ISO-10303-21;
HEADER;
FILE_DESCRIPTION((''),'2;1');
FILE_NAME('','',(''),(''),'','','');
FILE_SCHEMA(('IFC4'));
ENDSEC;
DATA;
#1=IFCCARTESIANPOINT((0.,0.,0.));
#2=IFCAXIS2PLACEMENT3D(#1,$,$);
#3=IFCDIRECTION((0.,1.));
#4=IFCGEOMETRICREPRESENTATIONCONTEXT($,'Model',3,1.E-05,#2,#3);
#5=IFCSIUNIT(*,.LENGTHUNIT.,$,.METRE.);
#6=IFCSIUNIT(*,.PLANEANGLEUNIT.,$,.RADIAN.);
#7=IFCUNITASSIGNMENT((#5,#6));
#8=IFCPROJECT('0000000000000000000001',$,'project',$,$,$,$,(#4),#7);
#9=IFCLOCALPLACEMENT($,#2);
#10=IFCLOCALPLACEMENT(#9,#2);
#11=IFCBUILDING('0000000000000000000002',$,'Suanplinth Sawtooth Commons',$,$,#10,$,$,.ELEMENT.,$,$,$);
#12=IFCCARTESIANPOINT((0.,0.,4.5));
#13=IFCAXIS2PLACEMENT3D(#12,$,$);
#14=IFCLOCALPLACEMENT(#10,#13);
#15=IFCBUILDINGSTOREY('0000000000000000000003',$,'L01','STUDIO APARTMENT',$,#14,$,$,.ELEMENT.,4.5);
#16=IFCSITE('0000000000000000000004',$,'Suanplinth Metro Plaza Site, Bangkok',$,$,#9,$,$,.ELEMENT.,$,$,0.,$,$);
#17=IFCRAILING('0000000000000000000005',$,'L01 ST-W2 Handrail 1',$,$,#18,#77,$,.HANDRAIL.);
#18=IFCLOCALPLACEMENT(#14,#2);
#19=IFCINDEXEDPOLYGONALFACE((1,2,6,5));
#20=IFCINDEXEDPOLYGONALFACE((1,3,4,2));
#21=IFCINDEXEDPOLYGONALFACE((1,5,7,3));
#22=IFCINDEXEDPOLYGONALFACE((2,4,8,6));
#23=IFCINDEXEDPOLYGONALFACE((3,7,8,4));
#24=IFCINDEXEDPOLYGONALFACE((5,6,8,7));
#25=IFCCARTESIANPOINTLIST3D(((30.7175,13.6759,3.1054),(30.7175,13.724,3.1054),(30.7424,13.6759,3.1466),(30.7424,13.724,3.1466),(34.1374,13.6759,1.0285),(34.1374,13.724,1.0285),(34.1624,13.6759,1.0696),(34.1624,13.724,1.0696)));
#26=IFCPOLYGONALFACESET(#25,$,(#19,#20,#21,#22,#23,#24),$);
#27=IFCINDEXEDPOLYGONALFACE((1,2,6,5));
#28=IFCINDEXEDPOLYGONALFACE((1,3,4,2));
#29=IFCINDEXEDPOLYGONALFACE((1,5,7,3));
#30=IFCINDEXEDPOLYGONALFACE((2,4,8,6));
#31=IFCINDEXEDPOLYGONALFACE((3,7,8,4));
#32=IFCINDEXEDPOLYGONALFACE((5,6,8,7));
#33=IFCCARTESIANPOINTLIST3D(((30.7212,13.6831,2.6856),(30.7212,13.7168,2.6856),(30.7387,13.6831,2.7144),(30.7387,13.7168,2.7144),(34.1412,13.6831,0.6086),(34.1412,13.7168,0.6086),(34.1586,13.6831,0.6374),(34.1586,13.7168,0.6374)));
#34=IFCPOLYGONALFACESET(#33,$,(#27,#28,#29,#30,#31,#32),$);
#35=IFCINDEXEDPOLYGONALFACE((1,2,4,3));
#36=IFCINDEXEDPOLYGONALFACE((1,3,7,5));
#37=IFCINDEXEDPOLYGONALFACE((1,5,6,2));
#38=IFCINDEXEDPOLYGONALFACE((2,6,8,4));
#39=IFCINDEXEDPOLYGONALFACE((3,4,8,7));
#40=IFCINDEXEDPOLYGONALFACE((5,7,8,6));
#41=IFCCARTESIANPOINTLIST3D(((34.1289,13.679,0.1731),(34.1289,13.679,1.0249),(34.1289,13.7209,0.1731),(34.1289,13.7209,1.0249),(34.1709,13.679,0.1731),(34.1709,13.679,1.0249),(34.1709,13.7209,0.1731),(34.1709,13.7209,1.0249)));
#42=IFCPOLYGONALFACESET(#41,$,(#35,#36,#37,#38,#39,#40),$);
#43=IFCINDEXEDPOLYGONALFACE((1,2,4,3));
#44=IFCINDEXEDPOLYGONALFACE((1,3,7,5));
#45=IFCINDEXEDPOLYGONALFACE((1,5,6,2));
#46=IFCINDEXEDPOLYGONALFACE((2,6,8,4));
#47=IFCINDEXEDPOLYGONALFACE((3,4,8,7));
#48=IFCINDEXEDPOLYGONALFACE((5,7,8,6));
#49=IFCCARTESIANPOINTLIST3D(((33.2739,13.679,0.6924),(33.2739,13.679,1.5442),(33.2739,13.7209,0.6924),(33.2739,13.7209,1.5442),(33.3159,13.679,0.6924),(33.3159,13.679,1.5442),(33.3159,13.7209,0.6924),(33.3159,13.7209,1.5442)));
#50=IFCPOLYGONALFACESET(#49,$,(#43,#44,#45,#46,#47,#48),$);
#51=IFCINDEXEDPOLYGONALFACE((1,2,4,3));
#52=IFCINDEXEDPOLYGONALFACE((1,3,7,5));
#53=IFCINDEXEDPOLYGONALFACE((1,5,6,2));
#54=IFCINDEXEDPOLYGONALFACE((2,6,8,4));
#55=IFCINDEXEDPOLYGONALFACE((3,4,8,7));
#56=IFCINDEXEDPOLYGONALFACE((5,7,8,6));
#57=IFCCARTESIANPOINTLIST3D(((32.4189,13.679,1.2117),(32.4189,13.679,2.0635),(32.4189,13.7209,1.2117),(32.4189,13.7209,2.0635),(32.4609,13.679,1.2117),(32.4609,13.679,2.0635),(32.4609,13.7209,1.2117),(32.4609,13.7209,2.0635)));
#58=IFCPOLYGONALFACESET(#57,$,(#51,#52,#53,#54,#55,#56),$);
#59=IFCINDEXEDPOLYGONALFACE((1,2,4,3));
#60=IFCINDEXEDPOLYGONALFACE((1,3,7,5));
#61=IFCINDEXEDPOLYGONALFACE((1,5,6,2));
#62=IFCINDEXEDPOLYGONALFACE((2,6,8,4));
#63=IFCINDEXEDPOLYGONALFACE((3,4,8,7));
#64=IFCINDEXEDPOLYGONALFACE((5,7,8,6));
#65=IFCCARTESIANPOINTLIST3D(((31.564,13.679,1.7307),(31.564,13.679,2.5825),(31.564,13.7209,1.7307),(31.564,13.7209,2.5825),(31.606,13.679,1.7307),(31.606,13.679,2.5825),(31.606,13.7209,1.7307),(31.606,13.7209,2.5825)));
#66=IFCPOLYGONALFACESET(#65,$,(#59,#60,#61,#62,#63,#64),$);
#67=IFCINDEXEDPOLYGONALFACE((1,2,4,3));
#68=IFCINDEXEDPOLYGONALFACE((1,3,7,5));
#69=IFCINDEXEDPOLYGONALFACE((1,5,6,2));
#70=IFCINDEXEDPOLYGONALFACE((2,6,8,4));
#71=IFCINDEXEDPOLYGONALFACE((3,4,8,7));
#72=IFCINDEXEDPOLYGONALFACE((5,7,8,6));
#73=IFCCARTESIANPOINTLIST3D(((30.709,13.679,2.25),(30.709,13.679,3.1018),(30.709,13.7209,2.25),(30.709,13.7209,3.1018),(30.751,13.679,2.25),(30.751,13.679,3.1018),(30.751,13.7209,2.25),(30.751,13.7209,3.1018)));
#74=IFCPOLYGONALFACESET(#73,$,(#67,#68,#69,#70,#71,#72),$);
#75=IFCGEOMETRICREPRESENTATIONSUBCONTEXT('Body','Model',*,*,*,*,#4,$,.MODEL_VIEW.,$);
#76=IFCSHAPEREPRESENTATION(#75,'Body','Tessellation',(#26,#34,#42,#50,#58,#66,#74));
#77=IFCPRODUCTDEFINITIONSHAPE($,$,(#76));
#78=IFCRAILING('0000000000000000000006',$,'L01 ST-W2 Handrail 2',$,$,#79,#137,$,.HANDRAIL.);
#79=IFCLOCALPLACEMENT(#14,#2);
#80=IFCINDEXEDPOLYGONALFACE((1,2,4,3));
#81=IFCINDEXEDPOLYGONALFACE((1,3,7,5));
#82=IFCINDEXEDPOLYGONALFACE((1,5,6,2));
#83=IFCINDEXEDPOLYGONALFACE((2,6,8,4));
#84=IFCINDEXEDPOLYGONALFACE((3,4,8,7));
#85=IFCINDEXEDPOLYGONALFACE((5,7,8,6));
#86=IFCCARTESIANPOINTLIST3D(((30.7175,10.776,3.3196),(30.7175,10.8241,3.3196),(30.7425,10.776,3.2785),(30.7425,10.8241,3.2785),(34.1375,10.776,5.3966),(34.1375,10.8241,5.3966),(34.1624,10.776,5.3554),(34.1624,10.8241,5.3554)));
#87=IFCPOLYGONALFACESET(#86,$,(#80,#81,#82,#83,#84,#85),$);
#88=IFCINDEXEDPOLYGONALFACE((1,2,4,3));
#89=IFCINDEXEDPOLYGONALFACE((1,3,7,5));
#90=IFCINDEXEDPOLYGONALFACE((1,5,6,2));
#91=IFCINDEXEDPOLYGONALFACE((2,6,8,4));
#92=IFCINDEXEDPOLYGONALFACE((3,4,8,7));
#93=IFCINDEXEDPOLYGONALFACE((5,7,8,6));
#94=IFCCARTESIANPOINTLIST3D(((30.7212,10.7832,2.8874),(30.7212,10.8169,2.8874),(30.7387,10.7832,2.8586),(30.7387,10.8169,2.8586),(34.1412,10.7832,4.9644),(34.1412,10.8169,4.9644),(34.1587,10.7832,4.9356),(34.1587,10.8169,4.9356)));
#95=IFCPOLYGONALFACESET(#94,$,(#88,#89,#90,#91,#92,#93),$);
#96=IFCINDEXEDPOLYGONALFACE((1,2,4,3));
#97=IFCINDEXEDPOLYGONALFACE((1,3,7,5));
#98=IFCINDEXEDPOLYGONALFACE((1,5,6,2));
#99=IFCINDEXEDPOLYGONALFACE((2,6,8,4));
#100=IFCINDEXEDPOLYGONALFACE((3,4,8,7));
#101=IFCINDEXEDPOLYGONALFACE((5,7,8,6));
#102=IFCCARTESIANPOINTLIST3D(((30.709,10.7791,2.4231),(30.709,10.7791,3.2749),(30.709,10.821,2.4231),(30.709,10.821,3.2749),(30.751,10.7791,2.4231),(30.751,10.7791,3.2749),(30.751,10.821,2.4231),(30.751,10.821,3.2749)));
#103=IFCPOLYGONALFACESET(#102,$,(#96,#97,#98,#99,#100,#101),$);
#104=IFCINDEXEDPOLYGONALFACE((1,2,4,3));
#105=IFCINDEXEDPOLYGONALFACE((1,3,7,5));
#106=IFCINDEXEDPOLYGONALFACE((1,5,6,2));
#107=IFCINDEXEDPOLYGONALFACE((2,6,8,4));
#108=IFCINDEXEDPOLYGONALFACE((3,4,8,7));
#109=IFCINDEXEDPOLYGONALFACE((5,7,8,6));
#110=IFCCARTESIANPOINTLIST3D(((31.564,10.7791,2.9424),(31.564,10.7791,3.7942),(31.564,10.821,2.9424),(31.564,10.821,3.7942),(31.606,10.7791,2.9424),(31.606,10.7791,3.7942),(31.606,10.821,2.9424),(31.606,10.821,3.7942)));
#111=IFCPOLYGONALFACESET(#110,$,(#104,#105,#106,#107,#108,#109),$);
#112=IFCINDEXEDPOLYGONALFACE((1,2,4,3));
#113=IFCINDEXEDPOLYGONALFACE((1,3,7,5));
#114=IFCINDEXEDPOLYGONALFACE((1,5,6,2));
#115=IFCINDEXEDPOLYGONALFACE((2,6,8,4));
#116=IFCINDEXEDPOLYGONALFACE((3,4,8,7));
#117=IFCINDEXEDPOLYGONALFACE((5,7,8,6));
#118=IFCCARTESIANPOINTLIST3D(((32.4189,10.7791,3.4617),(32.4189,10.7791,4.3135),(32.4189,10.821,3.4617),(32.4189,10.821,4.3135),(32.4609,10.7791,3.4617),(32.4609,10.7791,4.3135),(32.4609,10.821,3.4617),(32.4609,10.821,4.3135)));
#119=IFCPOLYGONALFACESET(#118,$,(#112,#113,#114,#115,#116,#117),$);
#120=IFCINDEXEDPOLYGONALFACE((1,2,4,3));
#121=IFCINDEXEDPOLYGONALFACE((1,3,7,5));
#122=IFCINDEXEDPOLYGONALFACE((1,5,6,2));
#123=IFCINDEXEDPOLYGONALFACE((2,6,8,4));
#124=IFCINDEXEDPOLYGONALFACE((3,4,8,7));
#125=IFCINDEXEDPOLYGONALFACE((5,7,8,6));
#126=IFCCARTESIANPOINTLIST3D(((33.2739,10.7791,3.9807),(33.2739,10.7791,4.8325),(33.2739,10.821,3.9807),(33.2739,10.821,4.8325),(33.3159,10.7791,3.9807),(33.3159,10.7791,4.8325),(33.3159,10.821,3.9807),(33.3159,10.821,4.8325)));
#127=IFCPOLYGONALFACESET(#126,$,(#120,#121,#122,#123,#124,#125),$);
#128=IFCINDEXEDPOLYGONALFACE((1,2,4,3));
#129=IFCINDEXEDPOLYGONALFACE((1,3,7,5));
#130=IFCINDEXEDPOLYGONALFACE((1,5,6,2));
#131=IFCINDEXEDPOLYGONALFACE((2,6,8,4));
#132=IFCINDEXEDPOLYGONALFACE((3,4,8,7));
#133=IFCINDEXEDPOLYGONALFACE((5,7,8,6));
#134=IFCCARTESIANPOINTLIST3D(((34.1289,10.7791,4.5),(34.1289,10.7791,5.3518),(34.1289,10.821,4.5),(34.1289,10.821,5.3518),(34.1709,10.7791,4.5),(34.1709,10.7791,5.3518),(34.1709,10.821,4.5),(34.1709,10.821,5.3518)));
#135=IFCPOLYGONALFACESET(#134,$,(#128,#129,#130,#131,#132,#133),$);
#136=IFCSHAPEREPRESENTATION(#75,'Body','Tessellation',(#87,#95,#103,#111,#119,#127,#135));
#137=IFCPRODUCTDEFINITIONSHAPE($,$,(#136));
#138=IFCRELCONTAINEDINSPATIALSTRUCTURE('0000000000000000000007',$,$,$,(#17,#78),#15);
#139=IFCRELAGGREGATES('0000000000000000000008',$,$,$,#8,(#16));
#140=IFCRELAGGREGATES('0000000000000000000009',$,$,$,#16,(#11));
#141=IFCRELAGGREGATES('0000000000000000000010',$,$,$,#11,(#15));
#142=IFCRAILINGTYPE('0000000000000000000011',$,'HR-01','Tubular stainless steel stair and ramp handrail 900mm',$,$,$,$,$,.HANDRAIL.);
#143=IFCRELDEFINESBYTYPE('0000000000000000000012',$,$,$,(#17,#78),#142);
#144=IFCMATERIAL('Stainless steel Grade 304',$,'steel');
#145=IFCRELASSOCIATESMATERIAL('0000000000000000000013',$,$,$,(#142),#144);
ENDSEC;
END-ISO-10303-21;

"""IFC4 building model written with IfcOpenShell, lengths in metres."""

from ifc_helpers import new_model, si_unit, direction, frame, origin, origin_2d, place, context, subcontext, project, spatial, rectangle, extrude, material, type_object, element, save


model = new_model("IFC4")

# Units and contexts
model_context = context("Model", 3, precision=1e-05, world=origin(), true_north=direction((0.0, 1.0)))
body_context = subcontext(model_context, "Body", "Model", "MODEL_VIEW")
ifc_project = project(units=[si_unit("LENGTHUNIT", "METRE"), si_unit("PLANEANGLEUNIT", "RADIAN")], contexts=[model_context])

# Site, building, storey
site_placement = place(None, origin())
site = spatial("IfcSite", under=ifc_project, at=site_placement, Name="Suanplinth Metro Plaza Site, Bangkok", CompositionType="ELEMENT", RefElevation=0.0)
building_placement = place(site_placement, origin())
building = spatial("IfcBuilding", under=site, at=building_placement, Name="Suanplinth Sawtooth Commons", CompositionType="ELEMENT")
storey_placement = place(building_placement, frame((0.0, 0.0, 4.5)))
storey = spatial("IfcBuildingStorey", under=building, at=storey_placement, Name="L01", Description="STUDIO APARTMENT", CompositionType="ELEMENT", Elevation=4.5)

# Railings
ifc_material_1 = material(Name="Stainless steel Grade 304", Category="steel")
railing_type_1 = type_object("IfcRailingType", Name="HR-01", Description="Tubular stainless steel stair and ramp handrail 900mm", PredefinedType="HANDRAIL", material=ifc_material_1)
railing_1_placement = place(storey_placement, frame((34.1499, 13.7, 0.1731)))
element("IfcRailing", 1, at=railing_1_placement, inside=storey, type_object=railing_type_1, Name="L01 ST-W2 Handrail 1", PredefinedType="HANDRAIL", context=body_context, shape_type="SweptSolid", body=[
    extrude(rectangle(XDim=0.0481, YDim=0.0481, at=origin_2d()), frame((0.0, 0.0, 0.876), z_axis=(-0.85473, 0.0, 0.519074), x_axis=(0.0, -1.0, 0.0)), (0.0, 0.0, 1.0), 4.0012),
    extrude(rectangle(XDim=0.0337, YDim=0.0337, at=origin_2d()), frame((0.0, 0.0, 0.45), z_axis=(-0.85473, 0.0, 0.519074), x_axis=(0.0, -1.0, 0.0)), (0.0, 0.0, 1.0), 4.0012),
    extrude(rectangle(XDim=0.042, YDim=0.042, at=origin_2d()), origin(), (0.0, 0.0, 1.0), 0.8518),
    extrude(rectangle(XDim=0.042, YDim=0.042, at=origin_2d()), frame((-0.855, 0.0, 0.5193)), (0.0, 0.0, 1.0), 0.8518),
    extrude(rectangle(XDim=0.042, YDim=0.042, at=origin_2d()), frame((-1.71, 0.0, 1.0386)), (0.0, 0.0, 1.0), 0.8518),
    extrude(rectangle(XDim=0.042, YDim=0.042, at=origin_2d()), frame((-2.5649, 0.0, 1.5576)), (0.0, 0.0, 1.0), 0.8518),
    extrude(rectangle(XDim=0.042, YDim=0.042, at=origin_2d()), frame((-3.4199, 0.0, 2.0769)), (0.0, 0.0, 1.0), 0.8518),
])
railing_2_placement = place(storey_placement, frame((30.73, 10.8, 2.4231)))
element("IfcRailing", 2, at=railing_2_placement, inside=storey, type_object=railing_type_1, Name="L01 ST-W2 Handrail 2", PredefinedType="HANDRAIL", context=body_context, shape_type="SweptSolid", body=[
    extrude(rectangle(XDim=0.0481, YDim=0.0481, at=origin_2d()), frame((0.0, 0.0, 0.876), z_axis=(0.85473, 0.0, 0.519074), x_axis=(0.0, 1.0, 0.0)), (0.0, 0.0, 1.0), 4.0012),
    extrude(rectangle(XDim=0.0337, YDim=0.0337, at=origin_2d()), frame((0.0, 0.0, 0.45), z_axis=(0.85473, 0.0, 0.519074), x_axis=(0.0, 1.0, 0.0)), (0.0, 0.0, 1.0), 4.0012),
    extrude(rectangle(XDim=0.042, YDim=0.042, at=origin_2d()), origin(), (0.0, 0.0, 1.0), 0.8518),
    extrude(rectangle(XDim=0.042, YDim=0.042, at=origin_2d()), frame((0.855, 0.0, 0.5193)), (0.0, 0.0, 1.0), 0.8518),
    extrude(rectangle(XDim=0.042, YDim=0.042, at=origin_2d()), frame((1.71, 0.0, 1.0386)), (0.0, 0.0, 1.0), 0.8518),
    extrude(rectangle(XDim=0.042, YDim=0.042, at=origin_2d()), frame((2.5649, 0.0, 1.5576)), (0.0, 0.0, 1.0), 0.8518),
    extrude(rectangle(XDim=0.042, YDim=0.042, at=origin_2d()), frame((3.4199, 0.0, 2.0769)), (0.0, 0.0, 1.0), 0.8518),
])

save(model, "model.ifc")
